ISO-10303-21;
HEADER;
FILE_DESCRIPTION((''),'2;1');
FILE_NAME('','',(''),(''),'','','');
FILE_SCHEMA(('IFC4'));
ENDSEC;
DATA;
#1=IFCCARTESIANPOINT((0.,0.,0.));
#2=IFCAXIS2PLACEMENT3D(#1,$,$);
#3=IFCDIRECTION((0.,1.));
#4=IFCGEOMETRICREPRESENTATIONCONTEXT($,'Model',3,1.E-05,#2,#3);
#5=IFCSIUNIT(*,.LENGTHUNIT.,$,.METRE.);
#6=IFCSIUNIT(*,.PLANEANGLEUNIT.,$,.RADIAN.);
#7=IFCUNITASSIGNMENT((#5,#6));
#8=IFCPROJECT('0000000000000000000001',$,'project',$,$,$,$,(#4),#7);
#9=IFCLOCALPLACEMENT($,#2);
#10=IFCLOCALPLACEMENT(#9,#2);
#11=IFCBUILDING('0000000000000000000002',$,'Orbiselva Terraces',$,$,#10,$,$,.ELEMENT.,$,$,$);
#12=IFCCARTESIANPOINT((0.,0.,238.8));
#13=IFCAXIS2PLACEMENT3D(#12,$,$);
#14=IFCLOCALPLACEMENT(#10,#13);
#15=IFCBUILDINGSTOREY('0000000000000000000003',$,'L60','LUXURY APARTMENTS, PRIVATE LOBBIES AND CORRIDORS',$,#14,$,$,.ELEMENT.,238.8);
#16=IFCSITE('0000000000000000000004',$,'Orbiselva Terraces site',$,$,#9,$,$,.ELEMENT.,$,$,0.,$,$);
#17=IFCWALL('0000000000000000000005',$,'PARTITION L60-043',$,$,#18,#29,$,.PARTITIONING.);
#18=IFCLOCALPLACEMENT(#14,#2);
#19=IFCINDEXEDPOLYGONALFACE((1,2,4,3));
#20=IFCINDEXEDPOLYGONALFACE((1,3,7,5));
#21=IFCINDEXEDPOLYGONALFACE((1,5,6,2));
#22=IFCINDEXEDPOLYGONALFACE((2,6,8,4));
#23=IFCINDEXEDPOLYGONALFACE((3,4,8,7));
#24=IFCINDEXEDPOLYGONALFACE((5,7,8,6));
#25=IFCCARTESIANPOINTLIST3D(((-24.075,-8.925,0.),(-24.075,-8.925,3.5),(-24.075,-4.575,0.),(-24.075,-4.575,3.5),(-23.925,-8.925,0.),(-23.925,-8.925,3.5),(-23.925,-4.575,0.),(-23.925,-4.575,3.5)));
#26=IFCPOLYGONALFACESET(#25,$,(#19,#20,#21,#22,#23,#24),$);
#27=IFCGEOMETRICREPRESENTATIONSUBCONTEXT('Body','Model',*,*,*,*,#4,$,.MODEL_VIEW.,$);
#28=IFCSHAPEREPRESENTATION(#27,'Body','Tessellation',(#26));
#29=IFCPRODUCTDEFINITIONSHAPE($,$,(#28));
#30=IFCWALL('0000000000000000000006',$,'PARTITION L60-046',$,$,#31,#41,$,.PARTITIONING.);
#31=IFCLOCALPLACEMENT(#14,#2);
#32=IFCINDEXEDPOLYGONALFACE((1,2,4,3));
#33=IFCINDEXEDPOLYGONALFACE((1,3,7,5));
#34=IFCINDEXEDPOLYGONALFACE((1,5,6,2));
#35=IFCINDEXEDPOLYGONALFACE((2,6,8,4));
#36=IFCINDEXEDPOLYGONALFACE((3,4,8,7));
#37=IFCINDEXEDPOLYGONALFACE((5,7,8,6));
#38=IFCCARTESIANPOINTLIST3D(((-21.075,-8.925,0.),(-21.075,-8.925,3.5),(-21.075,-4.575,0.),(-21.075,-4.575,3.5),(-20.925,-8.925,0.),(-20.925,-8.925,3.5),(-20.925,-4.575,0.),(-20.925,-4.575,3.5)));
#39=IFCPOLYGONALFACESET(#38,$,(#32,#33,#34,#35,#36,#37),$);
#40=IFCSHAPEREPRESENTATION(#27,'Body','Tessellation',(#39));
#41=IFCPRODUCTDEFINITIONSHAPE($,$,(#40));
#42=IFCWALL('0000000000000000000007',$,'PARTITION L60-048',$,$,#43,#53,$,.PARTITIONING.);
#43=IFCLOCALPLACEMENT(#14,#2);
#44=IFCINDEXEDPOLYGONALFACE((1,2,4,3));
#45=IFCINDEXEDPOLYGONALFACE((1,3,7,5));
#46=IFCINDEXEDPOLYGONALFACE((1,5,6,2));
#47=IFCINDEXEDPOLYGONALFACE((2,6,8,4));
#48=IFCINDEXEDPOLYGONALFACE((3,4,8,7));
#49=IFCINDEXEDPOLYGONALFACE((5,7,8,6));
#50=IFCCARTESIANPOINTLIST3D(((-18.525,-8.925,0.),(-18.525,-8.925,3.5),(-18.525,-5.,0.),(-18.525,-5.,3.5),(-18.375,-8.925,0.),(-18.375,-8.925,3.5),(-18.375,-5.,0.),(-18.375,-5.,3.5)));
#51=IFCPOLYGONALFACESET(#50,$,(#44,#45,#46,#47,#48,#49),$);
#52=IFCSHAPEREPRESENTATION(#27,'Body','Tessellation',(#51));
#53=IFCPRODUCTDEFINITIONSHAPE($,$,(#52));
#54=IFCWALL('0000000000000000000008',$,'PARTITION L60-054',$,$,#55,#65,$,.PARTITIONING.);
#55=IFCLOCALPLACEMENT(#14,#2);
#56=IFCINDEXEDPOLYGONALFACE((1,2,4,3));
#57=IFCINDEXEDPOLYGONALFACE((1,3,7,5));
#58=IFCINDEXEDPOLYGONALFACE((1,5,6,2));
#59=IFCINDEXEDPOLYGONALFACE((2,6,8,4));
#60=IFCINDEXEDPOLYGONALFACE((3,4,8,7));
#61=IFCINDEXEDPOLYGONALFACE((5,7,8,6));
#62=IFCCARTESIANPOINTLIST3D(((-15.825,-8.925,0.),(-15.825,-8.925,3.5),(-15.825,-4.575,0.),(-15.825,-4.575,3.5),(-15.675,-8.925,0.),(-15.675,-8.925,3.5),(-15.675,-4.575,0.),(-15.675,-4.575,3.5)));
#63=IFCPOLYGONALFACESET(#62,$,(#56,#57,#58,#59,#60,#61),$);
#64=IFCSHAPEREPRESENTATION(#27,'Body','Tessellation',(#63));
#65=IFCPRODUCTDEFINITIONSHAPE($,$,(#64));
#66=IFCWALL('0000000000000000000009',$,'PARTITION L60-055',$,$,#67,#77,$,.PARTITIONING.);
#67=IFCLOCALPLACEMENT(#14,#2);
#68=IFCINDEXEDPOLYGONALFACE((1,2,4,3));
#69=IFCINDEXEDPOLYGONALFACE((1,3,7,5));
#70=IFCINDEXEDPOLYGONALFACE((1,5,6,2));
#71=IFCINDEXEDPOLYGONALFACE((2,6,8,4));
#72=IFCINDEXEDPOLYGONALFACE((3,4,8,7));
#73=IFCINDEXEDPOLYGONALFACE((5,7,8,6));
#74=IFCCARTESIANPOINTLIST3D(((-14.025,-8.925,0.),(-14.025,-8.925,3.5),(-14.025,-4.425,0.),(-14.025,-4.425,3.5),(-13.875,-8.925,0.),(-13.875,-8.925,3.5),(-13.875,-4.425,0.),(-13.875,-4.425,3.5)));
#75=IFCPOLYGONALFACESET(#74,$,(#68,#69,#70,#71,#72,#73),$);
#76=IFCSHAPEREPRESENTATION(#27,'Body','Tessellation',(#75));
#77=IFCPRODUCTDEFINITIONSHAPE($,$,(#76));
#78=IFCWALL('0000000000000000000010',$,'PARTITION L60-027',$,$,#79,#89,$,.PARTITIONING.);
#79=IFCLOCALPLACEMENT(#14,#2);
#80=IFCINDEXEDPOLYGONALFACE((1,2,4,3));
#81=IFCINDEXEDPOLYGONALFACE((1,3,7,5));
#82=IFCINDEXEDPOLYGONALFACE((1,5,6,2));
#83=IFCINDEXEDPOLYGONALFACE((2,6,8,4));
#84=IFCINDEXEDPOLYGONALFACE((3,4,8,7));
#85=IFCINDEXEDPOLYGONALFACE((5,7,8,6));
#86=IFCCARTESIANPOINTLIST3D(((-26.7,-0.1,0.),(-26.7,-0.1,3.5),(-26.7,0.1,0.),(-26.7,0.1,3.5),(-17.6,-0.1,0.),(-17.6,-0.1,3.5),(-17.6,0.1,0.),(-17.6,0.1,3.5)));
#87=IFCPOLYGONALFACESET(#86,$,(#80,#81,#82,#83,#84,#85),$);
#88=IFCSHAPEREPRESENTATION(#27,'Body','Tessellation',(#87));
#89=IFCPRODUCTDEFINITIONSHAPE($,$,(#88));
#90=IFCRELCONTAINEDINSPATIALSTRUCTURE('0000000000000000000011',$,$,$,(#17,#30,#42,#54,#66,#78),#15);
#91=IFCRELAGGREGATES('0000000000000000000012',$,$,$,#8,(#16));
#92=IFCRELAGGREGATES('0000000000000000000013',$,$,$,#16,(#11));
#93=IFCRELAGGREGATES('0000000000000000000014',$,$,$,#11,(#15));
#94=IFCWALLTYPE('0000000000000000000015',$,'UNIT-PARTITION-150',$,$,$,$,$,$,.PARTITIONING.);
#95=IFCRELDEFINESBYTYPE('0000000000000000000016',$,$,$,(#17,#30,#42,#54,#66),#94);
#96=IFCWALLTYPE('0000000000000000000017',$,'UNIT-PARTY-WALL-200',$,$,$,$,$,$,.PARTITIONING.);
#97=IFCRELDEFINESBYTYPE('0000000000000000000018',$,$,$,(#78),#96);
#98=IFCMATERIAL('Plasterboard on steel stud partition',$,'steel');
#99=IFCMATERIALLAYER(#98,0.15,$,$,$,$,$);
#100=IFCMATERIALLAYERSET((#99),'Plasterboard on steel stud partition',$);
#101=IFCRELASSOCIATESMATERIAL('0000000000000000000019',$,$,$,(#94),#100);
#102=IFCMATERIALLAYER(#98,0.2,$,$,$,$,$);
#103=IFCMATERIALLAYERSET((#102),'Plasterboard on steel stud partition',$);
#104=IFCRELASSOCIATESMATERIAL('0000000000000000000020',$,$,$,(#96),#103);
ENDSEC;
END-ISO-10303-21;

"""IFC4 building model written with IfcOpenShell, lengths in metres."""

from ifc_helpers import new_model, si_unit, direction, frame, frame_2d, origin, place, context, subcontext, project, spatial, rectangle, extrude, material, layer, layer_set, type_object, element, save


model = new_model("IFC4")

# Units and contexts
model_context = context("Model", 3, precision=1e-05, world=origin(), true_north=direction((0.0, 1.0)))
body_context = subcontext(model_context, "Body", "Model", "MODEL_VIEW")
ifc_project = project(units=[si_unit("LENGTHUNIT", "METRE"), si_unit("PLANEANGLEUNIT", "RADIAN")], contexts=[model_context])

# Site, building, storey
site_placement = place(None, origin())
site = spatial("IfcSite", under=ifc_project, at=site_placement, Name="Orbiselva Terraces site", CompositionType="ELEMENT", RefElevation=0.0)
building_placement = place(site_placement, origin())
building = spatial("IfcBuilding", under=site, at=building_placement, Name="Orbiselva Terraces", CompositionType="ELEMENT")
storey_placement = place(building_placement, frame((0.0, 0.0, 238.8)))
storey = spatial("IfcBuildingStorey", under=building, at=storey_placement, Name="L60", Description="LUXURY APARTMENTS, PRIVATE LOBBIES AND CORRIDORS", CompositionType="ELEMENT", Elevation=238.8)

# Shared definitions
ifc_material_1 = material(Name="Plasterboard on steel stud partition", Category="steel")

# Shared definitions
ifc_layer_1 = layer(ifc_material_1, 0.15)
ifc_layer_set_1 = layer_set([ifc_layer_1], Name="Plasterboard on steel stud partition")
wall_type_1 = type_object("IfcWallType", Name="UNIT-PARTITION-150", PredefinedType="PARTITIONING", material=ifc_layer_set_1)

# Walls
for number, where, z_axis, x_axis, name in (
    (1, (-24.0, -8.925, 0.0), (0.0, 0.0, 1.0), (0.0, 1.0, 0.0), "PARTITION L60-043"),
    (2, (-21.0, -8.925, 0.0), (0.0, 0.0, 1.0), (0.0, 1.0, 0.0), "PARTITION L60-046"),
):
    element("IfcWall", number, at=place(storey_placement, frame(where, z_axis=z_axis, x_axis=x_axis)), inside=storey, type_object=wall_type_1, Name=name, PredefinedType="PARTITIONING", context=body_context, shape_type="SweptSolid", body=[
        extrude(rectangle(XDim=4.35, YDim=0.15, at=frame_2d((2.175, 0.0))), origin(), (0.0, 0.0, 1.0), 3.5),
    ])
wall_1_placement = place(storey_placement, frame((-18.45, -8.925, 0.0), z_axis=(0.0, 0.0, 1.0), x_axis=(0.0, 1.0, 0.0)))
element("IfcWall", 3, at=wall_1_placement, inside=storey, type_object=wall_type_1, Name="PARTITION L60-048", PredefinedType="PARTITIONING", context=body_context, shape_type="SweptSolid", body=[
    extrude(rectangle(XDim=3.925, YDim=0.15, at=frame_2d((1.9625, 0.0))), origin(), (0.0, 0.0, 1.0), 3.5),
])
wall_2_placement = place(storey_placement, frame((-15.75, -8.925, 0.0), z_axis=(0.0, 0.0, 1.0), x_axis=(0.0, 1.0, 0.0)))
element("IfcWall", 4, at=wall_2_placement, inside=storey, type_object=wall_type_1, Name="PARTITION L60-054", PredefinedType="PARTITIONING", context=body_context, shape_type="SweptSolid", body=[
    extrude(rectangle(XDim=4.35, YDim=0.15, at=frame_2d((2.175, 0.0))), origin(), (0.0, 0.0, 1.0), 3.5),
])
wall_3_placement = place(storey_placement, frame((-13.95, -8.925, 0.0), z_axis=(0.0, 0.0, 1.0), x_axis=(0.0, 1.0, 0.0)))
element("IfcWall", 5, at=wall_3_placement, inside=storey, type_object=wall_type_1, Name="PARTITION L60-055", PredefinedType="PARTITIONING", context=body_context, shape_type="SweptSolid", body=[
    extrude(rectangle(XDim=4.5, YDim=0.15, at=frame_2d((2.25, 0.0))), origin(), (0.0, 0.0, 1.0), 3.5),
])
ifc_layer_2 = layer(ifc_material_1, 0.2)
ifc_layer_set_2 = layer_set([ifc_layer_2], Name="Plasterboard on steel stud partition")
wall_type_2 = type_object("IfcWallType", Name="UNIT-PARTY-WALL-200", PredefinedType="PARTITIONING", material=ifc_layer_set_2)
wall_4_placement = place(storey_placement, frame((-26.7, 0.0, 0.0), z_axis=(0.0, 0.0, 1.0), x_axis=(1.0, 0.0, 0.0)))
element("IfcWall", 6, at=wall_4_placement, inside=storey, type_object=wall_type_2, Name="PARTITION L60-027", PredefinedType="PARTITIONING", context=body_context, shape_type="SweptSolid", body=[
    extrude(rectangle(XDim=9.1, YDim=0.2, at=frame_2d((4.55, 0.0))), origin(), (0.0, 0.0, 1.0), 3.5),
])

save(model, "model.ifc")
